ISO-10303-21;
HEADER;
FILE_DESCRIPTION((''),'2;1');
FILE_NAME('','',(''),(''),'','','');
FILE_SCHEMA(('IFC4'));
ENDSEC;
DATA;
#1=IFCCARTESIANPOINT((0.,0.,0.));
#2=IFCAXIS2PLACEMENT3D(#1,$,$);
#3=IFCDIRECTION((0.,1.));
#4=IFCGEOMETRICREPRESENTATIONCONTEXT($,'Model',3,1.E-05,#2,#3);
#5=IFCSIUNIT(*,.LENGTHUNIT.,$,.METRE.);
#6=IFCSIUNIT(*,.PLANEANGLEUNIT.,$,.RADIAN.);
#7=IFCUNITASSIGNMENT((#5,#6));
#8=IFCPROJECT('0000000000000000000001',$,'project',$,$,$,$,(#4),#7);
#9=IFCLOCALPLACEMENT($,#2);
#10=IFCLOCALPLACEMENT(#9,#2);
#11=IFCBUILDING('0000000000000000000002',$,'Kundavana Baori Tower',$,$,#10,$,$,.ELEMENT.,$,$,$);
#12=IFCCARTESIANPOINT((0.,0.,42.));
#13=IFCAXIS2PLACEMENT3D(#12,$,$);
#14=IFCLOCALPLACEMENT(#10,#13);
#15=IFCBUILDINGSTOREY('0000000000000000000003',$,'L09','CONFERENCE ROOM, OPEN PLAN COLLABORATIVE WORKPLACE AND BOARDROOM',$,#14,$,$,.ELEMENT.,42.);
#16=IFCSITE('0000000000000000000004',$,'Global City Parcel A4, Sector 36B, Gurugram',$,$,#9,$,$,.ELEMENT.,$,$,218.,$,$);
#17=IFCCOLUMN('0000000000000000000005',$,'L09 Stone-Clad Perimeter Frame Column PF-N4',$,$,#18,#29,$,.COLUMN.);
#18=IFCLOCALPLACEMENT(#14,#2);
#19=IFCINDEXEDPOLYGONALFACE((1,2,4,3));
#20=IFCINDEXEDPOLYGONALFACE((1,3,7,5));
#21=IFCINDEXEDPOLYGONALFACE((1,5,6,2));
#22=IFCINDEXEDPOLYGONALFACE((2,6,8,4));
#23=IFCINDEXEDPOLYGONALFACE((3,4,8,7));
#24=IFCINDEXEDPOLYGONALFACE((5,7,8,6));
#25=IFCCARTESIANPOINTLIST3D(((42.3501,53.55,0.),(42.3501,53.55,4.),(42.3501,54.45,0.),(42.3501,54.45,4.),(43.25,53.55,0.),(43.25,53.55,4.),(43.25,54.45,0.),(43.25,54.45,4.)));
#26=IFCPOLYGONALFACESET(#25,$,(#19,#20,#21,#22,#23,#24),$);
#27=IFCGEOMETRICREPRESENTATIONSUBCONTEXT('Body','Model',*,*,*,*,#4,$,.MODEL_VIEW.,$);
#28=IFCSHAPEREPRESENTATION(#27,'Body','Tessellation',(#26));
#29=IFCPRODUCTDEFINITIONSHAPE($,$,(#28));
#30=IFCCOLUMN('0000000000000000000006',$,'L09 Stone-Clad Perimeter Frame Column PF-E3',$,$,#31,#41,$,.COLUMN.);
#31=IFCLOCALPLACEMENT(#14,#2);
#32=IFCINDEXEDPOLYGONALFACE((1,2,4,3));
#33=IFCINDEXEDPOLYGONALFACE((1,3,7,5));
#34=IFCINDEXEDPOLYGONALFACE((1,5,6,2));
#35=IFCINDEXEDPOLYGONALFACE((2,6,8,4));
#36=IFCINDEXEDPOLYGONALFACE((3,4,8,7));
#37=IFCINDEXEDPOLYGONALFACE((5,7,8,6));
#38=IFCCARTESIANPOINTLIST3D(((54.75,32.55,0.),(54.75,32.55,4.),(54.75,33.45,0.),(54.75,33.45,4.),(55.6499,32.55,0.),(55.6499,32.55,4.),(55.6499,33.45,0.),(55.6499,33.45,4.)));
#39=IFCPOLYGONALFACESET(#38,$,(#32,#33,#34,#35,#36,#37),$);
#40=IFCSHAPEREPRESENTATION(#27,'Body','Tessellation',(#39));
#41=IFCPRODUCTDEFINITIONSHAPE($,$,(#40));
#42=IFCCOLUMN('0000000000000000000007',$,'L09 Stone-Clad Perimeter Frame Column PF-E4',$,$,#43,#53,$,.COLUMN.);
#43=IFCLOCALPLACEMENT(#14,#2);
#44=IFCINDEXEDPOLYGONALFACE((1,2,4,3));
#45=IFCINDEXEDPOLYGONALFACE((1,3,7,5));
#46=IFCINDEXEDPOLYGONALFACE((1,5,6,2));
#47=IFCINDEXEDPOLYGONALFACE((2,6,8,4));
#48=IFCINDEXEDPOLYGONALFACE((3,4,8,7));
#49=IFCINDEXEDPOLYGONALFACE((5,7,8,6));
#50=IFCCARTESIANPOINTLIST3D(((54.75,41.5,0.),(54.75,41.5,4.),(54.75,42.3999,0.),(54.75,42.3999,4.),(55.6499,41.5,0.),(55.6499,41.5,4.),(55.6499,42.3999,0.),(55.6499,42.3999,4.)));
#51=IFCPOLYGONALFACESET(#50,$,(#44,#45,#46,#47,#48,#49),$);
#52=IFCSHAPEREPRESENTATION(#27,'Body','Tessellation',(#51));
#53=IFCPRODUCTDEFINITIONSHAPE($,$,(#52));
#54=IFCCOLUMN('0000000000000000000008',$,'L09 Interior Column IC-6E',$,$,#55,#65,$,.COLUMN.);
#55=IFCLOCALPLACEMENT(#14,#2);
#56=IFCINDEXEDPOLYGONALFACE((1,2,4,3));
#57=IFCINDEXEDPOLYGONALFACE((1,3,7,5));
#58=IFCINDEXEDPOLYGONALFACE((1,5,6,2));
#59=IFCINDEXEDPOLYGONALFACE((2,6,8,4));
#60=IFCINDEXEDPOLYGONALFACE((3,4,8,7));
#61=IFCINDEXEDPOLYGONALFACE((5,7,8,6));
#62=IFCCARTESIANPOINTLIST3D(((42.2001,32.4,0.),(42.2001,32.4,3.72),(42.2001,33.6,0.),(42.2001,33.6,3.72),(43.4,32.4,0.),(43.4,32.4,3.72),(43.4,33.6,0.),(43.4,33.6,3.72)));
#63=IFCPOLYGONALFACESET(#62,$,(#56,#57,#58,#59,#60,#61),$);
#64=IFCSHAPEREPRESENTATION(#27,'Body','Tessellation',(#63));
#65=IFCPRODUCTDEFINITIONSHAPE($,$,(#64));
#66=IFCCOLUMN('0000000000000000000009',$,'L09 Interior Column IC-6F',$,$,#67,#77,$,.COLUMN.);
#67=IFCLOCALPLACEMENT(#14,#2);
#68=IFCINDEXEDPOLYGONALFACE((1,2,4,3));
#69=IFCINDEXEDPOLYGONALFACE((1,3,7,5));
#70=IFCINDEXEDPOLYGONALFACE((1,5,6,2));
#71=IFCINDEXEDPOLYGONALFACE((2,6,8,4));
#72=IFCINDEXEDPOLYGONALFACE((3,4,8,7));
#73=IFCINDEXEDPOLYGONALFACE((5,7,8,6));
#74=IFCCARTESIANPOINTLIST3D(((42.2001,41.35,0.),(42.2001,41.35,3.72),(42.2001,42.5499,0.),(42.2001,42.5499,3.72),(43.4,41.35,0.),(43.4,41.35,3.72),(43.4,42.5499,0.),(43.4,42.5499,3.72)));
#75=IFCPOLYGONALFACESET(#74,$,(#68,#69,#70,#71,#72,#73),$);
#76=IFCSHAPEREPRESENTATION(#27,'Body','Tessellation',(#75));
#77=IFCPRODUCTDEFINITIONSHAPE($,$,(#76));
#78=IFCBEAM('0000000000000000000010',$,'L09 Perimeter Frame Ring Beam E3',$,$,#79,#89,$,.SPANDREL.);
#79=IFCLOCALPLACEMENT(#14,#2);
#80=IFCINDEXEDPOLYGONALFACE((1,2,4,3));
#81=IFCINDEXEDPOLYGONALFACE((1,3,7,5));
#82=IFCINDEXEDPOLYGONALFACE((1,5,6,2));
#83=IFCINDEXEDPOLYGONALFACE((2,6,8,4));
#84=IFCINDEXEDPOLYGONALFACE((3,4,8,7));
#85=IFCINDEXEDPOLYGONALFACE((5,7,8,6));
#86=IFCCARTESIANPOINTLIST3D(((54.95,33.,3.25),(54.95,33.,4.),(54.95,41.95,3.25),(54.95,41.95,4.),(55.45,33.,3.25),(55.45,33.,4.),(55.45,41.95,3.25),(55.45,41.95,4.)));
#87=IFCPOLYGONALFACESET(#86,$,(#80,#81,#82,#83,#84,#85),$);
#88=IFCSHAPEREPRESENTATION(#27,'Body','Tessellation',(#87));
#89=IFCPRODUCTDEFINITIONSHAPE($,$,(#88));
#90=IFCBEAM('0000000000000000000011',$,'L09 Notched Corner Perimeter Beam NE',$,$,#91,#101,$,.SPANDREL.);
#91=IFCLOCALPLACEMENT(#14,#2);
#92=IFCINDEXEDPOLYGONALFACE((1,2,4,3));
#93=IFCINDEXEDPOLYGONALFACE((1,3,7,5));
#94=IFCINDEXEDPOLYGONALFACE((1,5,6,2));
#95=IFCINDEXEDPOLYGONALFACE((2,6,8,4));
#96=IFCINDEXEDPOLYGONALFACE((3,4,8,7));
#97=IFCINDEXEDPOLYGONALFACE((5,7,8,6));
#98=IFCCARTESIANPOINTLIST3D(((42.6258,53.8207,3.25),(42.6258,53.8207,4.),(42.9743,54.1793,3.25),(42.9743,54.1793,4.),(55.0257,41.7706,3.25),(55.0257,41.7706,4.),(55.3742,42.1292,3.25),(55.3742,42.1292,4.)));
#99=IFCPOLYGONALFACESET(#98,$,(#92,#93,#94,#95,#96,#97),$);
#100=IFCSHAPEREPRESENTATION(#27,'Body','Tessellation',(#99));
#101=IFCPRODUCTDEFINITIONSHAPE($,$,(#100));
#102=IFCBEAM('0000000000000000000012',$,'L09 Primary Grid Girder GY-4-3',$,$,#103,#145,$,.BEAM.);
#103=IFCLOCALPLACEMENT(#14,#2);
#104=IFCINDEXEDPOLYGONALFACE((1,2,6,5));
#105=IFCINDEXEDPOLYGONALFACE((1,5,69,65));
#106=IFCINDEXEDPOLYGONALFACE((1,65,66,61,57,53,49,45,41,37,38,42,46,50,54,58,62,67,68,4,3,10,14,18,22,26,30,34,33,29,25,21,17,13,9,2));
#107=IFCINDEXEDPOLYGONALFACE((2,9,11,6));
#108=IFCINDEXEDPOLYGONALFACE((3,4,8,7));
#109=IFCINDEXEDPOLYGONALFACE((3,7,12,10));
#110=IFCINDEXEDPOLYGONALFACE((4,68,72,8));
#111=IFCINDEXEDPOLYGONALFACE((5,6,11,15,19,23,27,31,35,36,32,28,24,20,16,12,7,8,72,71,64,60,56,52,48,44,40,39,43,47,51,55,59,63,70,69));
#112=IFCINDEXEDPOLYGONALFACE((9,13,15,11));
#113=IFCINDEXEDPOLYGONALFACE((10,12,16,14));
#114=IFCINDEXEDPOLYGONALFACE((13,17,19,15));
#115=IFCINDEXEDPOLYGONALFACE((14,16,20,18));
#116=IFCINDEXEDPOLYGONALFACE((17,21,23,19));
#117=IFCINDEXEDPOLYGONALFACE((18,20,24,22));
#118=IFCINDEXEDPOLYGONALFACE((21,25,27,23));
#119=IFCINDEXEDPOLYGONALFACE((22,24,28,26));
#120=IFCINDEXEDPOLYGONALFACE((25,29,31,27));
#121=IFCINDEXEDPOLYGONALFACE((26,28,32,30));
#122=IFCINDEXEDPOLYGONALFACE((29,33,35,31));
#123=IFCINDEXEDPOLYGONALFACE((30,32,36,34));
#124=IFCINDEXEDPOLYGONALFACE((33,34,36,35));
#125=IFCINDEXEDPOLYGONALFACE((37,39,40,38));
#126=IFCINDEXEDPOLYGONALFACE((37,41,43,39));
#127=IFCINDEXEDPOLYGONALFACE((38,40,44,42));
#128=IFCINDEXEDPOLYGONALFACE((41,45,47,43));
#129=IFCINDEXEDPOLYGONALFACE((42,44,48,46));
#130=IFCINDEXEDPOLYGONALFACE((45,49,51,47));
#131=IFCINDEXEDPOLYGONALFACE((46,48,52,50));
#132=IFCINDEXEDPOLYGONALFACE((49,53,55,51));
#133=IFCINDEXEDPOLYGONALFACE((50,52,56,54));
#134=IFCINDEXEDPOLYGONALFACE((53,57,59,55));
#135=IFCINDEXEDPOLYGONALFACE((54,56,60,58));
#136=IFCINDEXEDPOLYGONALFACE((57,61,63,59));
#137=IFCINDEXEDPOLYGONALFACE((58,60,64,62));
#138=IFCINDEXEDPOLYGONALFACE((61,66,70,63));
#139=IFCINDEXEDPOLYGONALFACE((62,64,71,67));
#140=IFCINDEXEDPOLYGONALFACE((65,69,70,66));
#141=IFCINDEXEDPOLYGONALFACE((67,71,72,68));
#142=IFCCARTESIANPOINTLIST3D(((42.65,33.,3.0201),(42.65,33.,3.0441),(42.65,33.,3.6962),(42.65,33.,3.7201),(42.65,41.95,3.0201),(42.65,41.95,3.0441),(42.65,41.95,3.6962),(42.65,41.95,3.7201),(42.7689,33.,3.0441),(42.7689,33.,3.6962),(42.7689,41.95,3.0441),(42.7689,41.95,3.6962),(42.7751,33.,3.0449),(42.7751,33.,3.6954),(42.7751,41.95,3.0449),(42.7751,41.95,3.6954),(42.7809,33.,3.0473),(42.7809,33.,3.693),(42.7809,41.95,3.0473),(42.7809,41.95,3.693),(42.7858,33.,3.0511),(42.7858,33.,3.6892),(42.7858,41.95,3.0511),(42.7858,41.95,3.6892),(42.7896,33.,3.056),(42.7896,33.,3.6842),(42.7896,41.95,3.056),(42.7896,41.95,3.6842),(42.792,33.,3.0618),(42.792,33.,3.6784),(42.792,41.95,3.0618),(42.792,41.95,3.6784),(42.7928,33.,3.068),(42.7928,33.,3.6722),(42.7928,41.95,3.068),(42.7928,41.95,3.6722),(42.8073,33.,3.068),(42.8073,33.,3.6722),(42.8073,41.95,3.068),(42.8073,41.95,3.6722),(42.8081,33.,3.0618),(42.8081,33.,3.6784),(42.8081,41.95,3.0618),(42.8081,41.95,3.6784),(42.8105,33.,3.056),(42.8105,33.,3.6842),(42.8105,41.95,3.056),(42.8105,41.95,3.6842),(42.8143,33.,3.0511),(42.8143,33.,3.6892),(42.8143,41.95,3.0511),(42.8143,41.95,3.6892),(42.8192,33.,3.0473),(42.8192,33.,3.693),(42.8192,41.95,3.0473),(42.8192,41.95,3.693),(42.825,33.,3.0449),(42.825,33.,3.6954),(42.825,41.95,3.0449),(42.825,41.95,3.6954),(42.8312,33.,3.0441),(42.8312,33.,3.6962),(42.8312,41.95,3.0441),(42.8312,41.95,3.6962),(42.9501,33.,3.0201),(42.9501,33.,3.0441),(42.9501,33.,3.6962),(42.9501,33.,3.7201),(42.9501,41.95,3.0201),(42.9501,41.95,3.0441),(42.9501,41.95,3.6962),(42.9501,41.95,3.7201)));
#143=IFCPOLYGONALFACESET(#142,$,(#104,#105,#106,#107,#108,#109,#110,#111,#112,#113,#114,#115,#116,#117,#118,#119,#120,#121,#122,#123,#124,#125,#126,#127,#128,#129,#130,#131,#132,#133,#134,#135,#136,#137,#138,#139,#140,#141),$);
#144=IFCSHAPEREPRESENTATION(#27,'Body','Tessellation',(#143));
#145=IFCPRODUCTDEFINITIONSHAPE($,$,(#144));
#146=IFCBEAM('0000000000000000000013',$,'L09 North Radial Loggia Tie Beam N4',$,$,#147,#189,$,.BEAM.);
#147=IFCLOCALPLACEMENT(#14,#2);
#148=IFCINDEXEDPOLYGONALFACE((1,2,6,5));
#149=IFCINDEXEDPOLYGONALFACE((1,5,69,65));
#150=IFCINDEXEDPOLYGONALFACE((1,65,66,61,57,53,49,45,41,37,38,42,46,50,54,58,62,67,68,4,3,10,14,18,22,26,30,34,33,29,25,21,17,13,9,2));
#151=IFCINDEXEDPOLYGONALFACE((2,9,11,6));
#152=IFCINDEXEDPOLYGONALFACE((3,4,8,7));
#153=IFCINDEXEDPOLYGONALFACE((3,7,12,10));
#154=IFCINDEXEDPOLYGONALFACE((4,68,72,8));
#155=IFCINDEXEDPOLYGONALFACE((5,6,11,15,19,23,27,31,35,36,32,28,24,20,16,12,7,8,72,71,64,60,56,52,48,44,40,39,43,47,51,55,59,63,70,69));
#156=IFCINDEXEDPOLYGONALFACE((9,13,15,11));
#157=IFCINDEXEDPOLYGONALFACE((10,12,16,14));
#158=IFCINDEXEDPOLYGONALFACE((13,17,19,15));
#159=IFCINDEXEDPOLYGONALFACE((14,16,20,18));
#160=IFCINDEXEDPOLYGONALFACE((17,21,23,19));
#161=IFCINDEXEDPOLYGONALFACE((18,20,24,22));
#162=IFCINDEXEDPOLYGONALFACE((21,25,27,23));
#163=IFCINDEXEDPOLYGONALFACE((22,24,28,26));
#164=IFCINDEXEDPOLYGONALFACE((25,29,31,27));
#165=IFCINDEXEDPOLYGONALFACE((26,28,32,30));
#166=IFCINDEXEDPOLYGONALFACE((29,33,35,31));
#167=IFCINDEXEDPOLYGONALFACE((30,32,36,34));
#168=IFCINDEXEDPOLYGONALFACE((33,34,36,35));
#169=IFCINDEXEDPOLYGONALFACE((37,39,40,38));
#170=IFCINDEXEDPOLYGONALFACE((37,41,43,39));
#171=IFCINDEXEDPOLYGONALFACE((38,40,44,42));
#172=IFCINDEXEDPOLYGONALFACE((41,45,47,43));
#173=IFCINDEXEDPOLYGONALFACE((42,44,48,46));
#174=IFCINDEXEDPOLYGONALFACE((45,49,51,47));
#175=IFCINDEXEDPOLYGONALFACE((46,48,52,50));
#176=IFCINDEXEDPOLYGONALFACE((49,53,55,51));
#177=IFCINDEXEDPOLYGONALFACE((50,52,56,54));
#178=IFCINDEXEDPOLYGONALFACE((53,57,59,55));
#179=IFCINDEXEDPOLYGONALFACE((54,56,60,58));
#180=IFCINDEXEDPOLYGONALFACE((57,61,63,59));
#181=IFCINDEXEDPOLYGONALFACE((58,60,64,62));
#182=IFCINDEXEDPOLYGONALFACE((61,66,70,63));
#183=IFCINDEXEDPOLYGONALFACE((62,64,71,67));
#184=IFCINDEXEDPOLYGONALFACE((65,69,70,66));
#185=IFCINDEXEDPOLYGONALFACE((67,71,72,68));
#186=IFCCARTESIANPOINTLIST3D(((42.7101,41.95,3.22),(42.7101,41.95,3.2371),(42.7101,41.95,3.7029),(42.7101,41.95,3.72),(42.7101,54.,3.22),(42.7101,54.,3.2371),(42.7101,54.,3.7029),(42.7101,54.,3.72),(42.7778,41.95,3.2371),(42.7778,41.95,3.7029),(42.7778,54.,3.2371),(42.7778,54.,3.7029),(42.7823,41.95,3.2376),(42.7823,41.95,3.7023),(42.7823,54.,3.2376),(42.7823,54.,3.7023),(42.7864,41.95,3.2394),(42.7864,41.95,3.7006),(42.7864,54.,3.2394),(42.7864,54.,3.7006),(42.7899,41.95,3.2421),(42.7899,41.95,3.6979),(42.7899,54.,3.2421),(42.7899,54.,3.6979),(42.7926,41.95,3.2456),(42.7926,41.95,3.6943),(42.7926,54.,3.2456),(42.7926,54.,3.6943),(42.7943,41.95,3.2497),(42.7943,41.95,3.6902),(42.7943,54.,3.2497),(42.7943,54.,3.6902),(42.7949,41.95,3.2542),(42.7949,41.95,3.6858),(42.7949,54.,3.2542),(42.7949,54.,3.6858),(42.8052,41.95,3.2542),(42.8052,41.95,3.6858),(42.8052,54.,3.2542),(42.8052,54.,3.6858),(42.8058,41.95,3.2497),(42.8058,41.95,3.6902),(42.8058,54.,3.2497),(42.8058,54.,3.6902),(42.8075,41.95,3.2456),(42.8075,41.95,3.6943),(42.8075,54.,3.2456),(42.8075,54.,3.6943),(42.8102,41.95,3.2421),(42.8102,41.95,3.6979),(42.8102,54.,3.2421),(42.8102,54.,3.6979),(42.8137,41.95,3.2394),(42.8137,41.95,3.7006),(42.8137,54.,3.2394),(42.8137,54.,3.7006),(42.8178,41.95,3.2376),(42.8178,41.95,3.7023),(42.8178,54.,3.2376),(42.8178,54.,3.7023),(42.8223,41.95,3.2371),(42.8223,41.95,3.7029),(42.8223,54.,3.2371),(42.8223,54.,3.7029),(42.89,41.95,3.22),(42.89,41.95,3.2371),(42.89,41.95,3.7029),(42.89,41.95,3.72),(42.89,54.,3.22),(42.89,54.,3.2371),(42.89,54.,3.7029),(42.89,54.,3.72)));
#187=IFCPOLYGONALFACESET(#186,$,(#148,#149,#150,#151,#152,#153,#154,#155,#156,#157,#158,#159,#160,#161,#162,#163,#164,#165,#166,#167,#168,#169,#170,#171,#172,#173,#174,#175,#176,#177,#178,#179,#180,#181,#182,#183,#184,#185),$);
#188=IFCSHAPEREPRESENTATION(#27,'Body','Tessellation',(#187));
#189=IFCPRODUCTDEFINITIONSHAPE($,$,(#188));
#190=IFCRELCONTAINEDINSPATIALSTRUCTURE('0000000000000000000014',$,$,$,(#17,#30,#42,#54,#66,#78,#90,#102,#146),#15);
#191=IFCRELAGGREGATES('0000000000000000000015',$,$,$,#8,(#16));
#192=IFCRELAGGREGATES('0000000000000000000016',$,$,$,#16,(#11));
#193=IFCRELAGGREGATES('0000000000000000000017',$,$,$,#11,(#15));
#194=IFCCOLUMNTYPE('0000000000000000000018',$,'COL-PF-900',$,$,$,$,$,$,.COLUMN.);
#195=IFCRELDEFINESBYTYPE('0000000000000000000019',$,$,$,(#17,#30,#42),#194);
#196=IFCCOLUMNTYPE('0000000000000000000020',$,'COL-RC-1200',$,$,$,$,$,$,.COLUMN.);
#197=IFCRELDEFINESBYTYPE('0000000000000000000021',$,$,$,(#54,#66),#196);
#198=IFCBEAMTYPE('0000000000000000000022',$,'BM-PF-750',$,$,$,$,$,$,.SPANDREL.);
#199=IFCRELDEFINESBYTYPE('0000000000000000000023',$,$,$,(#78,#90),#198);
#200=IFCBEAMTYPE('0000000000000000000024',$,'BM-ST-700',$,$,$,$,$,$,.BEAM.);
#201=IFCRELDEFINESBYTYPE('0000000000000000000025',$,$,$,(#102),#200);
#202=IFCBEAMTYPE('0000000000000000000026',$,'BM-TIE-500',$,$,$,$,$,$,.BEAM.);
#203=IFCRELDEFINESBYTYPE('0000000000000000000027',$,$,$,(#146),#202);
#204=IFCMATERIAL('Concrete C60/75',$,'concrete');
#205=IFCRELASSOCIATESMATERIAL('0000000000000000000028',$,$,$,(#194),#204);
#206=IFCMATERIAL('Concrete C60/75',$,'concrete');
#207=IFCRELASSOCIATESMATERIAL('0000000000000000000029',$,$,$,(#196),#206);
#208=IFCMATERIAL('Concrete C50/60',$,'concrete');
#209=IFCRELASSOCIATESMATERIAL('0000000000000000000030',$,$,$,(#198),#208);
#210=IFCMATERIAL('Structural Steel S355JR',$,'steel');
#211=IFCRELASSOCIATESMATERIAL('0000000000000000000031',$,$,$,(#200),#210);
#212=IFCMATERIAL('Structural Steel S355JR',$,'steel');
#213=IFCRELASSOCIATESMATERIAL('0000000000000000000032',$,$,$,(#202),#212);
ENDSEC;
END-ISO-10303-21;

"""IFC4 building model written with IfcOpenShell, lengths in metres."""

from ifc_helpers import new_model, si_unit, direction, frame, origin, origin_2d, place, context, subcontext, project, spatial, rectangle, i_section, extrude, material, material_profile, profile_set, type_object, element, save


model = new_model("IFC4")

# Units and contexts
model_context = context("Model", 3, precision=1e-05, world=origin(), true_north=direction((0.0, 1.0)))
body_context = subcontext(model_context, "Body", "Model", "MODEL_VIEW")
ifc_project = project(units=[si_unit("LENGTHUNIT", "METRE"), si_unit("PLANEANGLEUNIT", "RADIAN")], contexts=[model_context])

# Site, building, storey
site_placement = place(None, origin())
site = spatial("IfcSite", under=ifc_project, at=site_placement, Name="Global City Parcel A4, Sector 36B, Gurugram", CompositionType="ELEMENT", RefElevation=218.0)
building_placement = place(site_placement, origin())
building = spatial("IfcBuilding", under=site, at=building_placement, Name="Kundavana Baori Tower", CompositionType="ELEMENT")
storey_placement = place(building_placement, frame((0.0, 0.0, 42.0)))
storey = spatial("IfcBuildingStorey", under=building, at=storey_placement, Name="L09", Description="CONFERENCE ROOM, OPEN PLAN COLLABORATIVE WORKPLACE AND BOARDROOM", CompositionType="ELEMENT", Elevation=42.0)

# Columns
ifc_material_1 = material(Name="Concrete C60/75", Category="concrete")
ifc_material_profile_1 = material_profile(ifc_material_1, rectangle(XDim=0.8999, YDim=0.8999, at=origin_2d()), Name="RC PF 900x900")
ifc_profile_set_1 = profile_set([ifc_material_profile_1], Name="Concrete C60/75")
column_type_1 = type_object("IfcColumnType", Name="COL-PF-900", PredefinedType="COLUMN", material=ifc_profile_set_1)
for number, where, z_axis, x_axis, name in (
    (1, (42.8, 54.0, 0.0), (0.0, 0.0, 1.0), (1.0, 0.0, 0.0), "L09 Stone-Clad Perimeter Frame Column PF-N4"),
    (2, (55.2, 33.0, 0.0), (0.0, 0.0, 1.0), (1.0, 0.0, 0.0), "L09 Stone-Clad Perimeter Frame Column PF-E3"),
    (3, (55.2, 41.95, 0.0), (0.0, 0.0, 1.0), (1.0, 0.0, 0.0), "L09 Stone-Clad Perimeter Frame Column PF-E4"),
):
    element("IfcColumn", number, at=place(storey_placement, frame(where, z_axis=z_axis, x_axis=x_axis)), inside=storey, type_object=column_type_1, Name=name, PredefinedType="COLUMN", context=body_context, shape_type="SweptSolid", body=[
        extrude(rectangle(XDim=0.8999, YDim=0.8999, at=origin_2d()), origin(), (0.0, 0.0, 1.0), 4.0),
    ])
ifc_material_2 = material(Name="Concrete C60/75", Category="concrete")
ifc_material_profile_2 = material_profile(ifc_material_2, rectangle(XDim=1.2, YDim=1.2, at=origin_2d()), Name="RC 1200x1200")
ifc_profile_set_2 = profile_set([ifc_material_profile_2], Name="Concrete C60/75")
column_type_2 = type_object("IfcColumnType", Name="COL-RC-1200", PredefinedType="COLUMN", material=ifc_profile_set_2)
for number, where, z_axis, x_axis, name in (
    (4, (42.8, 33.0, 0.0), (0.0, 0.0, 1.0), (1.0, 0.0, 0.0), "L09 Interior Column IC-6E"),
    (5, (42.8, 41.95, 0.0), (0.0, 0.0, 1.0), (1.0, 0.0, 0.0), "L09 Interior Column IC-6F"),
):
    element("IfcColumn", number, at=place(storey_placement, frame(where, z_axis=z_axis, x_axis=x_axis)), inside=storey, type_object=column_type_2, Name=name, PredefinedType="COLUMN", context=body_context, shape_type="SweptSolid", body=[
        extrude(rectangle(XDim=1.2, YDim=1.2, at=origin_2d()), origin(), (0.0, 0.0, 1.0), 3.72),
    ])

# Beams
ifc_material_3 = material(Name="Concrete C50/60", Category="concrete")
ifc_material_profile_3 = material_profile(ifc_material_3, rectangle(XDim=0.5, YDim=0.75, at=origin_2d()), Name="RC BM 500x750")
ifc_profile_set_3 = profile_set([ifc_material_profile_3], Name="Concrete C50/60")
beam_type_1 = type_object("IfcBeamType", Name="BM-PF-750", PredefinedType="SPANDREL", material=ifc_profile_set_3)
beam_1_placement = place(storey_placement, frame((55.2, 33.0, 3.625), z_axis=(0.0, 1.0, 0.0), x_axis=(-1.0, 0.0, 0.0)))
element("IfcBeam", 6, at=beam_1_placement, inside=storey, type_object=beam_type_1, Name="L09 Perimeter Frame Ring Beam E3", PredefinedType="SPANDREL", context=body_context, shape_type="SweptSolid", body=[
    extrude(rectangle(XDim=0.5, YDim=0.75, at=origin_2d()), origin(), (0.0, 0.0, 1.0), 8.95),
])
beam_2_placement = place(storey_placement, frame((42.8, 54.0, 3.625), z_axis=(0.717151, -0.696917, 0.0), x_axis=(0.696917, 0.717151, 0.0)))
element("IfcBeam", 7, at=beam_2_placement, inside=storey, type_object=beam_type_1, Name="L09 Notched Corner Perimeter Beam NE", PredefinedType="SPANDREL", context=body_context, shape_type="SweptSolid", body=[
    extrude(rectangle(XDim=0.5, YDim=0.75, at=origin_2d()), origin(), (0.0, 0.0, 1.0), 17.2905),
])
ifc_material_4 = material(Name="Structural Steel S355JR", Category="steel")
ifc_material_profile_4 = material_profile(ifc_material_4, i_section(OverallWidth=0.3, OverallDepth=0.7, WebThickness=0.0144, FlangeThickness=0.0239, FilletRadius=0.0239, at=origin_2d()), Name="NPB 700x300x170")
ifc_profile_set_4 = profile_set([ifc_material_profile_4], Name="Structural Steel S355JR")
beam_type_2 = type_object("IfcBeamType", Name="BM-ST-700", PredefinedType="BEAM", material=ifc_profile_set_4)
beam_3_placement = place(storey_placement, frame((42.8, 33.0, 3.3701), z_axis=(0.0, 1.0, 0.0), x_axis=(-1.0, 0.0, 0.0)))
element("IfcBeam", 8, at=beam_3_placement, inside=storey, type_object=beam_type_2, Name="L09 Primary Grid Girder GY-4-3", PredefinedType="BEAM", context=body_context, shape_type="SweptSolid", body=[
    extrude(i_section(OverallWidth=0.3, OverallDepth=0.7, WebThickness=0.0144, FlangeThickness=0.0239, FilletRadius=0.0239, at=origin_2d()), origin(), (0.0, 0.0, 1.0), 8.95),
])
ifc_material_5 = material(Name="Structural Steel S355JR", Category="steel")
ifc_material_profile_5 = material_profile(ifc_material_5, i_section(OverallWidth=0.1799, OverallDepth=0.5, WebThickness=0.0103, FlangeThickness=0.0171, FilletRadius=0.0171, at=origin_2d()), Name="ISMB 500")
ifc_profile_set_5 = profile_set([ifc_material_profile_5], Name="Structural Steel S355JR")
beam_type_3 = type_object("IfcBeamType", Name="BM-TIE-500", PredefinedType="BEAM", material=ifc_profile_set_5)
beam_4_placement = place(storey_placement, frame((42.8, 41.95, 3.47), z_axis=(0.0, 1.0, 0.0), x_axis=(-1.0, 0.0, 0.0)))
element("IfcBeam", 9, at=beam_4_placement, inside=storey, type_object=beam_type_3, Name="L09 North Radial Loggia Tie Beam N4", PredefinedType="BEAM", context=body_context, shape_type="SweptSolid", body=[
    extrude(i_section(OverallWidth=0.1799, OverallDepth=0.5, WebThickness=0.0103, FlangeThickness=0.0171, FilletRadius=0.0171, at=origin_2d()), origin(), (0.0, 0.0, 1.0), 12.05),
])

save(model, "model.ifc")
